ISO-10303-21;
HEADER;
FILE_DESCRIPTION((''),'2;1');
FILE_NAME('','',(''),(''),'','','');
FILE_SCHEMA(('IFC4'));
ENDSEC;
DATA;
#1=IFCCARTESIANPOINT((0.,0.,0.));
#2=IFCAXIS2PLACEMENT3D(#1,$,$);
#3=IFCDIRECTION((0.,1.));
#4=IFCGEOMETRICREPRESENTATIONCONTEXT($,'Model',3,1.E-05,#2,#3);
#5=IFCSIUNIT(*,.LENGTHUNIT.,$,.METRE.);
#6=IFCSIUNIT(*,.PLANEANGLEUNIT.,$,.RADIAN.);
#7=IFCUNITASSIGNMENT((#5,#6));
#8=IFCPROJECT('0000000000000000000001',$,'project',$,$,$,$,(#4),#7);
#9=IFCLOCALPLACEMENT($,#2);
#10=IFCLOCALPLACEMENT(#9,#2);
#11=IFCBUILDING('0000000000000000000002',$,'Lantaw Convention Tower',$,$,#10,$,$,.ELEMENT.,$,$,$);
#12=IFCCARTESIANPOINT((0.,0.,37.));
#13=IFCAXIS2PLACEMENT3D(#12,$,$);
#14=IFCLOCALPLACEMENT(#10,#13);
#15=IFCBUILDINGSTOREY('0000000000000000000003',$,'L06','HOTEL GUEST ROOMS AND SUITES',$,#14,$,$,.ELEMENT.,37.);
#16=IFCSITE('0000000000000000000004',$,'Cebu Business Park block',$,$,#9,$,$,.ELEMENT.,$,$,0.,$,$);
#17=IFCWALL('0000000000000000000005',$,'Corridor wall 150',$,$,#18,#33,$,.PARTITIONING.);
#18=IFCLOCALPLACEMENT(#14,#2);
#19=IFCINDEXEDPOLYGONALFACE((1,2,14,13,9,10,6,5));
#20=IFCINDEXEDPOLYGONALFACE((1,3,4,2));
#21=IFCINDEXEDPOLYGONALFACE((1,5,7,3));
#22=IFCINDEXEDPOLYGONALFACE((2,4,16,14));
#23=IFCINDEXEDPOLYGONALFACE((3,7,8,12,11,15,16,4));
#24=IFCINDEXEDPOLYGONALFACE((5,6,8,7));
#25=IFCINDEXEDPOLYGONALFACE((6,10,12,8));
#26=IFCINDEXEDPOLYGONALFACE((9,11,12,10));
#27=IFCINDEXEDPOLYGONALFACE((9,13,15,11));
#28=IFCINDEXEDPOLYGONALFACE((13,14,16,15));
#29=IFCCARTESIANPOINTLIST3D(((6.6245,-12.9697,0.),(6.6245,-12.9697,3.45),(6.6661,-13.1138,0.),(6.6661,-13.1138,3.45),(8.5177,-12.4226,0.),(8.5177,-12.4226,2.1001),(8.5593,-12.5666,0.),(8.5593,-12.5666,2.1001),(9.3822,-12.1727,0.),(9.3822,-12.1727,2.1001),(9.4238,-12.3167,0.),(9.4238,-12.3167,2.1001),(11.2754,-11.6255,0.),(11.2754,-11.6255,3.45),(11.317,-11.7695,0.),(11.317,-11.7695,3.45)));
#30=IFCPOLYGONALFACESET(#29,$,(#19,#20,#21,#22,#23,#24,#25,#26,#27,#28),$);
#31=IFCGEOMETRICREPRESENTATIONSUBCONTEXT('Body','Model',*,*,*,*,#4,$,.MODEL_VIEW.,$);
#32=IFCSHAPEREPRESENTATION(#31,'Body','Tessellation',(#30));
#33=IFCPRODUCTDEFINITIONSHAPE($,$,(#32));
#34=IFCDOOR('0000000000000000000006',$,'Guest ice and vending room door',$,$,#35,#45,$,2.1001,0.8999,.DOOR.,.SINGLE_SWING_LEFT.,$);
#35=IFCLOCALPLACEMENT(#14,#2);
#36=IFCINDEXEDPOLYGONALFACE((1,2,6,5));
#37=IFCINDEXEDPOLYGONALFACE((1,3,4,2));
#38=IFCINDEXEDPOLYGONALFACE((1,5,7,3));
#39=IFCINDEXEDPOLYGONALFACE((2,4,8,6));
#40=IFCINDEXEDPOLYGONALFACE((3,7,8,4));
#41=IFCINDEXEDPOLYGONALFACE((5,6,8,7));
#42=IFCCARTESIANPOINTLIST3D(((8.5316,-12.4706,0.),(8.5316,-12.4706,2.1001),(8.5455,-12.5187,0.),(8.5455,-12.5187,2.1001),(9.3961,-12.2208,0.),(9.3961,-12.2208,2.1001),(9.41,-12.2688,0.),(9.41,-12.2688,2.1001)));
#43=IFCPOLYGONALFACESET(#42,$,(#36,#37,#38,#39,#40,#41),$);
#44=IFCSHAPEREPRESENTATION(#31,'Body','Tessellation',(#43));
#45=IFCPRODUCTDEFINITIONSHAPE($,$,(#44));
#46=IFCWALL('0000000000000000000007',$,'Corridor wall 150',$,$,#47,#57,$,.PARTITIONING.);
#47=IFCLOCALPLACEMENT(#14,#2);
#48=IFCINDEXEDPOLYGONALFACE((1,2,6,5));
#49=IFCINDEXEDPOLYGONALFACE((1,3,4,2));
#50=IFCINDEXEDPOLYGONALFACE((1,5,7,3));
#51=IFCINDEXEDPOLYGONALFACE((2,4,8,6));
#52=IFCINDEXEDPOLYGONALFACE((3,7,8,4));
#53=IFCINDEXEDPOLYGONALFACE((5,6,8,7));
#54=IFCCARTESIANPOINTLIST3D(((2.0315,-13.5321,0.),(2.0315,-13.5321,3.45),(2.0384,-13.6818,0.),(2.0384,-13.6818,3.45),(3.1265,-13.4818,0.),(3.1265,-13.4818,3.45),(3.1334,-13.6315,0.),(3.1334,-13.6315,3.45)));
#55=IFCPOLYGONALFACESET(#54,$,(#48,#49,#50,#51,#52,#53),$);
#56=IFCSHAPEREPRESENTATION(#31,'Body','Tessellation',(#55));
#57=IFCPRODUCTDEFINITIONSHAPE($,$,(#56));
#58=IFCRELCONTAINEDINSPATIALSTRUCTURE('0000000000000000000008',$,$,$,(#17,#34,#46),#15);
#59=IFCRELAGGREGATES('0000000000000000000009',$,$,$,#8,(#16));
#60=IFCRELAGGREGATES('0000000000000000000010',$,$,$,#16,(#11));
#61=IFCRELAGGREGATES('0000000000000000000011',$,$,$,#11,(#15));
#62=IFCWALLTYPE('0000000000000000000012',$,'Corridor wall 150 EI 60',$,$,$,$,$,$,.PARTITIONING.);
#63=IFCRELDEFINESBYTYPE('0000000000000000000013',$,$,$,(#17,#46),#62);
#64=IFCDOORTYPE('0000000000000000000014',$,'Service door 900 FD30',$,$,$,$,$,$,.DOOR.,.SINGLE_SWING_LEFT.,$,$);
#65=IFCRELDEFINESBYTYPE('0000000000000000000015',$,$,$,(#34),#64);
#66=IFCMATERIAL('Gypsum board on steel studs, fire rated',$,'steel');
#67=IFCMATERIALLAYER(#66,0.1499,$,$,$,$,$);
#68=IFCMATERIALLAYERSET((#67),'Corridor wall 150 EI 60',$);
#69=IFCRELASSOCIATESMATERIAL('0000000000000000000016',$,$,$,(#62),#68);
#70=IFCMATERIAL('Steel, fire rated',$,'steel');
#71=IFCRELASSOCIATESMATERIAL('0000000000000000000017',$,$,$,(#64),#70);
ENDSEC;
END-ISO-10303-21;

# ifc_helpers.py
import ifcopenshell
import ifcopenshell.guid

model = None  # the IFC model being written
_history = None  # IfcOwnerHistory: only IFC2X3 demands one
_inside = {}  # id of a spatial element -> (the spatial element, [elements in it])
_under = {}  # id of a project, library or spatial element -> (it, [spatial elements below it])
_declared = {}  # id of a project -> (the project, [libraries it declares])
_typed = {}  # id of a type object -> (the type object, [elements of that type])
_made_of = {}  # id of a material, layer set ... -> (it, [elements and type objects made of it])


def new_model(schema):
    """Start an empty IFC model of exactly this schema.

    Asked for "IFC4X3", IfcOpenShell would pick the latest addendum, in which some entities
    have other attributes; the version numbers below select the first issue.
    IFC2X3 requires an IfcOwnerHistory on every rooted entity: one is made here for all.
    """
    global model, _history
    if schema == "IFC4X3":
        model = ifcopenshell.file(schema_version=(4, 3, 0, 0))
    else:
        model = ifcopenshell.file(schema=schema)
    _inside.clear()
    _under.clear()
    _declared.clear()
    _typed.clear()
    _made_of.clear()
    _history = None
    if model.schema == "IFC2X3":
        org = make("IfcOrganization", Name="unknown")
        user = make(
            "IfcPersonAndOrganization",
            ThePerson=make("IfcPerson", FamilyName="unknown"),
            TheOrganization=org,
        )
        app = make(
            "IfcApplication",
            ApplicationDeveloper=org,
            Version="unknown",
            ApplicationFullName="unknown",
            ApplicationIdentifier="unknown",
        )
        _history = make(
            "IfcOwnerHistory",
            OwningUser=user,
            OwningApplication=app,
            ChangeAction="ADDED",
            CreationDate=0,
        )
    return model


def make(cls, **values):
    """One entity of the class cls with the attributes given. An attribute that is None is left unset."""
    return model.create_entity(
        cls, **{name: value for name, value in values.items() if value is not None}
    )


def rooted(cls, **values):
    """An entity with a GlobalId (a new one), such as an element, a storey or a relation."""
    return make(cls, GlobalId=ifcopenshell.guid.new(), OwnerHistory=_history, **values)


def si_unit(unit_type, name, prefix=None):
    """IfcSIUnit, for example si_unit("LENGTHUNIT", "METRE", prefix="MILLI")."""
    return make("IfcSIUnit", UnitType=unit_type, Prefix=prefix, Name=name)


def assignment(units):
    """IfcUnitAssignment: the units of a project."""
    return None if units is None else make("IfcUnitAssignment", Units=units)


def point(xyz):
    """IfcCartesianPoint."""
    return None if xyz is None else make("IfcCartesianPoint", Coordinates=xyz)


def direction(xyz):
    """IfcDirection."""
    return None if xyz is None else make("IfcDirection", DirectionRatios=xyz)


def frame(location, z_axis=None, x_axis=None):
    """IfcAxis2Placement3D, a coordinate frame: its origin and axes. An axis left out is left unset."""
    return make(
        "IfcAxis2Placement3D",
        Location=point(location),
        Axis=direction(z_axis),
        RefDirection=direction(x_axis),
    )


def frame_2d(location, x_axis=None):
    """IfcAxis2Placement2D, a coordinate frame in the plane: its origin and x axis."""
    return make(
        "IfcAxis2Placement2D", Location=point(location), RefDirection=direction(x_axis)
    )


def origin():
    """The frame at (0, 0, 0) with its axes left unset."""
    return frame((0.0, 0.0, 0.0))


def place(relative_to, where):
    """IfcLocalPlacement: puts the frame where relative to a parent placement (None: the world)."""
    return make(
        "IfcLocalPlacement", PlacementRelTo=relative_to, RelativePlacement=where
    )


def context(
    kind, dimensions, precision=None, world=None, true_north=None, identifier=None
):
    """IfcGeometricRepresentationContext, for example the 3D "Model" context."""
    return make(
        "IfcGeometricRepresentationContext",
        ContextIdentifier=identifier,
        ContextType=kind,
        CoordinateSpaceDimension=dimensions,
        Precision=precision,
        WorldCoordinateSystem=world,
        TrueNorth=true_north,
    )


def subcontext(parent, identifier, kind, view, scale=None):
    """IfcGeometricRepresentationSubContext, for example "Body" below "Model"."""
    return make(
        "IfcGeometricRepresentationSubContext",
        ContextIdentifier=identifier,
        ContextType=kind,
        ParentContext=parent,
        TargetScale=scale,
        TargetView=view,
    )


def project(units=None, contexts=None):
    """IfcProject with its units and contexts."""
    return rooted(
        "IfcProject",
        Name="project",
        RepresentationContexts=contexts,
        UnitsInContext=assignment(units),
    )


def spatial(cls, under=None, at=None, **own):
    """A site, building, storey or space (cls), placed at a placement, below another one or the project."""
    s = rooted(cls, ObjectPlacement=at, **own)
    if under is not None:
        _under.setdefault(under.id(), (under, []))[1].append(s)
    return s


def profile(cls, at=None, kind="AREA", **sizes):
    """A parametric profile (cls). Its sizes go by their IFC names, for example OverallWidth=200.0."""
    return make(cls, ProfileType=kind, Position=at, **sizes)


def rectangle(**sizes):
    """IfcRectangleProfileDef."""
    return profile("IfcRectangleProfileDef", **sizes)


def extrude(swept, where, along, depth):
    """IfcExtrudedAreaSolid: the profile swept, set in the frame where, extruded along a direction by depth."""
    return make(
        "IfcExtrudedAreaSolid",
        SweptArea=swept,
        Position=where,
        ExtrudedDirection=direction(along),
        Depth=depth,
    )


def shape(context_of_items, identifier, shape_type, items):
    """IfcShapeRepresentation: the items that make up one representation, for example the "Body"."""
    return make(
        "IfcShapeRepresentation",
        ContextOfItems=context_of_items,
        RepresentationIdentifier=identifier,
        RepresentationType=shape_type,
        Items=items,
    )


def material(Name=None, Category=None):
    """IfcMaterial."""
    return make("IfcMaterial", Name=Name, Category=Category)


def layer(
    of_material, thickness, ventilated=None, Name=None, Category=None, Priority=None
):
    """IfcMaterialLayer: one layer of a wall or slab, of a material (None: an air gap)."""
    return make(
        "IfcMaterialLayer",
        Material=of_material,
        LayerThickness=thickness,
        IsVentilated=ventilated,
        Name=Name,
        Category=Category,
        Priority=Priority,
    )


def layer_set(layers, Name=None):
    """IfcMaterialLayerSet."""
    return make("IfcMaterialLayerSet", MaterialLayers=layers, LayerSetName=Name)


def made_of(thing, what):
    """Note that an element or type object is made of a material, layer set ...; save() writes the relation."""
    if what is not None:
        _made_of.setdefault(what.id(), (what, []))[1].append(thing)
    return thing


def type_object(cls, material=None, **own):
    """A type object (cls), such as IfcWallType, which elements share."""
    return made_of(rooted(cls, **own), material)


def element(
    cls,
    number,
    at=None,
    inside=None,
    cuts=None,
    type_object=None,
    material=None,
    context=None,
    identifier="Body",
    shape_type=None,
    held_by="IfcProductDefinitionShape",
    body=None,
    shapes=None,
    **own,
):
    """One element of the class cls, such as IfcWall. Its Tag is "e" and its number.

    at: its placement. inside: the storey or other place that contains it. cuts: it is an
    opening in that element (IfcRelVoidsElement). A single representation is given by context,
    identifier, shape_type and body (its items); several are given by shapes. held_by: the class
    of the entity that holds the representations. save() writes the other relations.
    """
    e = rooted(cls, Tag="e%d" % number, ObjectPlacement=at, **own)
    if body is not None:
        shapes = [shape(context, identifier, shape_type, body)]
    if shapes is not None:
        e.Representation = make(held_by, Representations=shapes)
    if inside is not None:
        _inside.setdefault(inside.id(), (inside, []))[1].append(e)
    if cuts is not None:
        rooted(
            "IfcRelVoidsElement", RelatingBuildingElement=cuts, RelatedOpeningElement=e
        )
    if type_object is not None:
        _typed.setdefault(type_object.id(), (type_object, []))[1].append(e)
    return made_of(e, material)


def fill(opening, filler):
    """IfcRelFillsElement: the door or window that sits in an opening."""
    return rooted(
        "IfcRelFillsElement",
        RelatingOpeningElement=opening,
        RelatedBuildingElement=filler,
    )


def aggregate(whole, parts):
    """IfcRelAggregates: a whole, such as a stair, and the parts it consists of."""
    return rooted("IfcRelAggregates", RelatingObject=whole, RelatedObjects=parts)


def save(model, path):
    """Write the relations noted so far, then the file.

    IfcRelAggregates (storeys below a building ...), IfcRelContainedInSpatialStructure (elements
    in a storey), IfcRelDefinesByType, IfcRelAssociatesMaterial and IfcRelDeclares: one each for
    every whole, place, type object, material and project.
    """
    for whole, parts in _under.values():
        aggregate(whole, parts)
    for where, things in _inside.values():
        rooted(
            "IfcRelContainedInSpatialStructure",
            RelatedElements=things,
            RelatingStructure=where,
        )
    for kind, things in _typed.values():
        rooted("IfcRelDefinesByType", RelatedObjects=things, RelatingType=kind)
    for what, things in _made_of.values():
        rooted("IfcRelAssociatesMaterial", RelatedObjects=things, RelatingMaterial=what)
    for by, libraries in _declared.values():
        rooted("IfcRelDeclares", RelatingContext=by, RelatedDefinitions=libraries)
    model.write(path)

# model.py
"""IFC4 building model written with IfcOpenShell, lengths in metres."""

from ifc_helpers import new_model, si_unit, direction, frame, frame_2d, origin, place, context, subcontext, project, spatial, rectangle, extrude, material, layer, layer_set, type_object, element, fill, save


model = new_model("IFC4")

# Units and contexts
model_context = context("Model", 3, precision=1e-05, world=origin(), true_north=direction((0.0, 1.0)))
body_context = subcontext(model_context, "Body", "Model", "MODEL_VIEW")
ifc_project = project(units=[si_unit("LENGTHUNIT", "METRE"), si_unit("PLANEANGLEUNIT", "RADIAN")], contexts=[model_context])

# Site, building, storey
site_placement = place(None, origin())
site = spatial("IfcSite", under=ifc_project, at=site_placement, Name="Cebu Business Park block", CompositionType="ELEMENT", RefElevation=0.0)
building_placement = place(site_placement, origin())
building = spatial("IfcBuilding", under=site, at=building_placement, Name="Lantaw Convention Tower", CompositionType="ELEMENT")
storey_placement = place(building_placement, frame((0.0, 0.0, 37.0)))
storey = spatial("IfcBuildingStorey", under=building, at=storey_placement, Name="L06", Description="HOTEL GUEST ROOMS AND SUITES", CompositionType="ELEMENT", Elevation=37.0)

# Shared definitions
ifc_material_1 = material(Name="Gypsum board on steel studs, fire rated", Category="steel")
ifc_layer_1 = layer(ifc_material_1, 0.1499)
ifc_layer_set_1 = layer_set([ifc_layer_1], Name="Corridor wall 150 EI 60")
wall_type_1 = type_object("IfcWallType", Name="Corridor wall 150 EI 60", PredefinedType="PARTITIONING", material=ifc_layer_set_1)
ifc_material_2 = material(Name="Steel, fire rated", Category="steel")

# Wall, opening, door
wall_1_placement = place(storey_placement, frame((6.6453, -13.0417, 0.0), z_axis=(0.0, 0.0, 1.0), x_axis=(0.960678, 0.277664, 0.0)))
wall_1 = element("IfcWall", 1, at=wall_1_placement, inside=storey, type_object=wall_type_1, Name="Corridor wall 150", PredefinedType="PARTITIONING", context=body_context, shape_type="SweptSolid", body=[
    extrude(rectangle(XDim=4.8413, YDim=0.1499, at=frame_2d((2.4207, 0.0))), origin(), (0.0, 0.0, 1.0), 3.45),
])
opening_1_placement = place(wall_1_placement, frame((1.9707, 0.0, 0.0)))
opening_1 = element("IfcOpeningElement", 2, at=opening_1_placement, cuts=wall_1, PredefinedType="OPENING", context=body_context, shape_type="SweptSolid", body=[
    extrude(rectangle(XDim=0.8999, YDim=2.1001, at=frame_2d((0.45, 1.05))), frame((0.0, 0.085, 0.0), z_axis=(0.0, -1.0, 0.0), x_axis=(1.0, 0.0, 0.0)), (0.0, 0.0, 1.0), 0.1699),
])
door_type_1 = type_object("IfcDoorType", Name="Service door 900 FD30", OperationType="SINGLE_SWING_LEFT", PredefinedType="DOOR", material=ifc_material_2)
door_1_placement = place(opening_1_placement, origin())
door_1 = element("IfcDoor", 3, at=door_1_placement, inside=storey, type_object=door_type_1, Name="Guest ice and vending room door", OperationType="SINGLE_SWING_LEFT", OverallHeight=2.1001, OverallWidth=0.8999, PredefinedType="DOOR", context=body_context, shape_type="SweptSolid", body=[
    extrude(rectangle(XDim=0.8999, YDim=2.1001, at=frame_2d((0.45, 1.05))), frame((0.0, 0.0249, 0.0), z_axis=(0.0, -1.0, 0.0), x_axis=(1.0, 0.0, 0.0)), (0.0, 0.0, 1.0), 0.05),
])
fill(opening_1, door_1)

# Wall
wall_2_placement = place(storey_placement, frame((2.0349, -13.6069, 0.0), z_axis=(0.0, 0.0, 1.0), x_axis=(0.998947, 0.045883, 0.0)))
element("IfcWall", 4, at=wall_2_placement, inside=storey, type_object=wall_type_1, Name="Corridor wall 150", PredefinedType="PARTITIONING", context=body_context, shape_type="SweptSolid", body=[
    extrude(rectangle(XDim=1.0962, YDim=0.1499, at=frame_2d((0.5481, 0.0))), origin(), (0.0, 0.0, 1.0), 3.45),
])

save(model, "model.ifc")
